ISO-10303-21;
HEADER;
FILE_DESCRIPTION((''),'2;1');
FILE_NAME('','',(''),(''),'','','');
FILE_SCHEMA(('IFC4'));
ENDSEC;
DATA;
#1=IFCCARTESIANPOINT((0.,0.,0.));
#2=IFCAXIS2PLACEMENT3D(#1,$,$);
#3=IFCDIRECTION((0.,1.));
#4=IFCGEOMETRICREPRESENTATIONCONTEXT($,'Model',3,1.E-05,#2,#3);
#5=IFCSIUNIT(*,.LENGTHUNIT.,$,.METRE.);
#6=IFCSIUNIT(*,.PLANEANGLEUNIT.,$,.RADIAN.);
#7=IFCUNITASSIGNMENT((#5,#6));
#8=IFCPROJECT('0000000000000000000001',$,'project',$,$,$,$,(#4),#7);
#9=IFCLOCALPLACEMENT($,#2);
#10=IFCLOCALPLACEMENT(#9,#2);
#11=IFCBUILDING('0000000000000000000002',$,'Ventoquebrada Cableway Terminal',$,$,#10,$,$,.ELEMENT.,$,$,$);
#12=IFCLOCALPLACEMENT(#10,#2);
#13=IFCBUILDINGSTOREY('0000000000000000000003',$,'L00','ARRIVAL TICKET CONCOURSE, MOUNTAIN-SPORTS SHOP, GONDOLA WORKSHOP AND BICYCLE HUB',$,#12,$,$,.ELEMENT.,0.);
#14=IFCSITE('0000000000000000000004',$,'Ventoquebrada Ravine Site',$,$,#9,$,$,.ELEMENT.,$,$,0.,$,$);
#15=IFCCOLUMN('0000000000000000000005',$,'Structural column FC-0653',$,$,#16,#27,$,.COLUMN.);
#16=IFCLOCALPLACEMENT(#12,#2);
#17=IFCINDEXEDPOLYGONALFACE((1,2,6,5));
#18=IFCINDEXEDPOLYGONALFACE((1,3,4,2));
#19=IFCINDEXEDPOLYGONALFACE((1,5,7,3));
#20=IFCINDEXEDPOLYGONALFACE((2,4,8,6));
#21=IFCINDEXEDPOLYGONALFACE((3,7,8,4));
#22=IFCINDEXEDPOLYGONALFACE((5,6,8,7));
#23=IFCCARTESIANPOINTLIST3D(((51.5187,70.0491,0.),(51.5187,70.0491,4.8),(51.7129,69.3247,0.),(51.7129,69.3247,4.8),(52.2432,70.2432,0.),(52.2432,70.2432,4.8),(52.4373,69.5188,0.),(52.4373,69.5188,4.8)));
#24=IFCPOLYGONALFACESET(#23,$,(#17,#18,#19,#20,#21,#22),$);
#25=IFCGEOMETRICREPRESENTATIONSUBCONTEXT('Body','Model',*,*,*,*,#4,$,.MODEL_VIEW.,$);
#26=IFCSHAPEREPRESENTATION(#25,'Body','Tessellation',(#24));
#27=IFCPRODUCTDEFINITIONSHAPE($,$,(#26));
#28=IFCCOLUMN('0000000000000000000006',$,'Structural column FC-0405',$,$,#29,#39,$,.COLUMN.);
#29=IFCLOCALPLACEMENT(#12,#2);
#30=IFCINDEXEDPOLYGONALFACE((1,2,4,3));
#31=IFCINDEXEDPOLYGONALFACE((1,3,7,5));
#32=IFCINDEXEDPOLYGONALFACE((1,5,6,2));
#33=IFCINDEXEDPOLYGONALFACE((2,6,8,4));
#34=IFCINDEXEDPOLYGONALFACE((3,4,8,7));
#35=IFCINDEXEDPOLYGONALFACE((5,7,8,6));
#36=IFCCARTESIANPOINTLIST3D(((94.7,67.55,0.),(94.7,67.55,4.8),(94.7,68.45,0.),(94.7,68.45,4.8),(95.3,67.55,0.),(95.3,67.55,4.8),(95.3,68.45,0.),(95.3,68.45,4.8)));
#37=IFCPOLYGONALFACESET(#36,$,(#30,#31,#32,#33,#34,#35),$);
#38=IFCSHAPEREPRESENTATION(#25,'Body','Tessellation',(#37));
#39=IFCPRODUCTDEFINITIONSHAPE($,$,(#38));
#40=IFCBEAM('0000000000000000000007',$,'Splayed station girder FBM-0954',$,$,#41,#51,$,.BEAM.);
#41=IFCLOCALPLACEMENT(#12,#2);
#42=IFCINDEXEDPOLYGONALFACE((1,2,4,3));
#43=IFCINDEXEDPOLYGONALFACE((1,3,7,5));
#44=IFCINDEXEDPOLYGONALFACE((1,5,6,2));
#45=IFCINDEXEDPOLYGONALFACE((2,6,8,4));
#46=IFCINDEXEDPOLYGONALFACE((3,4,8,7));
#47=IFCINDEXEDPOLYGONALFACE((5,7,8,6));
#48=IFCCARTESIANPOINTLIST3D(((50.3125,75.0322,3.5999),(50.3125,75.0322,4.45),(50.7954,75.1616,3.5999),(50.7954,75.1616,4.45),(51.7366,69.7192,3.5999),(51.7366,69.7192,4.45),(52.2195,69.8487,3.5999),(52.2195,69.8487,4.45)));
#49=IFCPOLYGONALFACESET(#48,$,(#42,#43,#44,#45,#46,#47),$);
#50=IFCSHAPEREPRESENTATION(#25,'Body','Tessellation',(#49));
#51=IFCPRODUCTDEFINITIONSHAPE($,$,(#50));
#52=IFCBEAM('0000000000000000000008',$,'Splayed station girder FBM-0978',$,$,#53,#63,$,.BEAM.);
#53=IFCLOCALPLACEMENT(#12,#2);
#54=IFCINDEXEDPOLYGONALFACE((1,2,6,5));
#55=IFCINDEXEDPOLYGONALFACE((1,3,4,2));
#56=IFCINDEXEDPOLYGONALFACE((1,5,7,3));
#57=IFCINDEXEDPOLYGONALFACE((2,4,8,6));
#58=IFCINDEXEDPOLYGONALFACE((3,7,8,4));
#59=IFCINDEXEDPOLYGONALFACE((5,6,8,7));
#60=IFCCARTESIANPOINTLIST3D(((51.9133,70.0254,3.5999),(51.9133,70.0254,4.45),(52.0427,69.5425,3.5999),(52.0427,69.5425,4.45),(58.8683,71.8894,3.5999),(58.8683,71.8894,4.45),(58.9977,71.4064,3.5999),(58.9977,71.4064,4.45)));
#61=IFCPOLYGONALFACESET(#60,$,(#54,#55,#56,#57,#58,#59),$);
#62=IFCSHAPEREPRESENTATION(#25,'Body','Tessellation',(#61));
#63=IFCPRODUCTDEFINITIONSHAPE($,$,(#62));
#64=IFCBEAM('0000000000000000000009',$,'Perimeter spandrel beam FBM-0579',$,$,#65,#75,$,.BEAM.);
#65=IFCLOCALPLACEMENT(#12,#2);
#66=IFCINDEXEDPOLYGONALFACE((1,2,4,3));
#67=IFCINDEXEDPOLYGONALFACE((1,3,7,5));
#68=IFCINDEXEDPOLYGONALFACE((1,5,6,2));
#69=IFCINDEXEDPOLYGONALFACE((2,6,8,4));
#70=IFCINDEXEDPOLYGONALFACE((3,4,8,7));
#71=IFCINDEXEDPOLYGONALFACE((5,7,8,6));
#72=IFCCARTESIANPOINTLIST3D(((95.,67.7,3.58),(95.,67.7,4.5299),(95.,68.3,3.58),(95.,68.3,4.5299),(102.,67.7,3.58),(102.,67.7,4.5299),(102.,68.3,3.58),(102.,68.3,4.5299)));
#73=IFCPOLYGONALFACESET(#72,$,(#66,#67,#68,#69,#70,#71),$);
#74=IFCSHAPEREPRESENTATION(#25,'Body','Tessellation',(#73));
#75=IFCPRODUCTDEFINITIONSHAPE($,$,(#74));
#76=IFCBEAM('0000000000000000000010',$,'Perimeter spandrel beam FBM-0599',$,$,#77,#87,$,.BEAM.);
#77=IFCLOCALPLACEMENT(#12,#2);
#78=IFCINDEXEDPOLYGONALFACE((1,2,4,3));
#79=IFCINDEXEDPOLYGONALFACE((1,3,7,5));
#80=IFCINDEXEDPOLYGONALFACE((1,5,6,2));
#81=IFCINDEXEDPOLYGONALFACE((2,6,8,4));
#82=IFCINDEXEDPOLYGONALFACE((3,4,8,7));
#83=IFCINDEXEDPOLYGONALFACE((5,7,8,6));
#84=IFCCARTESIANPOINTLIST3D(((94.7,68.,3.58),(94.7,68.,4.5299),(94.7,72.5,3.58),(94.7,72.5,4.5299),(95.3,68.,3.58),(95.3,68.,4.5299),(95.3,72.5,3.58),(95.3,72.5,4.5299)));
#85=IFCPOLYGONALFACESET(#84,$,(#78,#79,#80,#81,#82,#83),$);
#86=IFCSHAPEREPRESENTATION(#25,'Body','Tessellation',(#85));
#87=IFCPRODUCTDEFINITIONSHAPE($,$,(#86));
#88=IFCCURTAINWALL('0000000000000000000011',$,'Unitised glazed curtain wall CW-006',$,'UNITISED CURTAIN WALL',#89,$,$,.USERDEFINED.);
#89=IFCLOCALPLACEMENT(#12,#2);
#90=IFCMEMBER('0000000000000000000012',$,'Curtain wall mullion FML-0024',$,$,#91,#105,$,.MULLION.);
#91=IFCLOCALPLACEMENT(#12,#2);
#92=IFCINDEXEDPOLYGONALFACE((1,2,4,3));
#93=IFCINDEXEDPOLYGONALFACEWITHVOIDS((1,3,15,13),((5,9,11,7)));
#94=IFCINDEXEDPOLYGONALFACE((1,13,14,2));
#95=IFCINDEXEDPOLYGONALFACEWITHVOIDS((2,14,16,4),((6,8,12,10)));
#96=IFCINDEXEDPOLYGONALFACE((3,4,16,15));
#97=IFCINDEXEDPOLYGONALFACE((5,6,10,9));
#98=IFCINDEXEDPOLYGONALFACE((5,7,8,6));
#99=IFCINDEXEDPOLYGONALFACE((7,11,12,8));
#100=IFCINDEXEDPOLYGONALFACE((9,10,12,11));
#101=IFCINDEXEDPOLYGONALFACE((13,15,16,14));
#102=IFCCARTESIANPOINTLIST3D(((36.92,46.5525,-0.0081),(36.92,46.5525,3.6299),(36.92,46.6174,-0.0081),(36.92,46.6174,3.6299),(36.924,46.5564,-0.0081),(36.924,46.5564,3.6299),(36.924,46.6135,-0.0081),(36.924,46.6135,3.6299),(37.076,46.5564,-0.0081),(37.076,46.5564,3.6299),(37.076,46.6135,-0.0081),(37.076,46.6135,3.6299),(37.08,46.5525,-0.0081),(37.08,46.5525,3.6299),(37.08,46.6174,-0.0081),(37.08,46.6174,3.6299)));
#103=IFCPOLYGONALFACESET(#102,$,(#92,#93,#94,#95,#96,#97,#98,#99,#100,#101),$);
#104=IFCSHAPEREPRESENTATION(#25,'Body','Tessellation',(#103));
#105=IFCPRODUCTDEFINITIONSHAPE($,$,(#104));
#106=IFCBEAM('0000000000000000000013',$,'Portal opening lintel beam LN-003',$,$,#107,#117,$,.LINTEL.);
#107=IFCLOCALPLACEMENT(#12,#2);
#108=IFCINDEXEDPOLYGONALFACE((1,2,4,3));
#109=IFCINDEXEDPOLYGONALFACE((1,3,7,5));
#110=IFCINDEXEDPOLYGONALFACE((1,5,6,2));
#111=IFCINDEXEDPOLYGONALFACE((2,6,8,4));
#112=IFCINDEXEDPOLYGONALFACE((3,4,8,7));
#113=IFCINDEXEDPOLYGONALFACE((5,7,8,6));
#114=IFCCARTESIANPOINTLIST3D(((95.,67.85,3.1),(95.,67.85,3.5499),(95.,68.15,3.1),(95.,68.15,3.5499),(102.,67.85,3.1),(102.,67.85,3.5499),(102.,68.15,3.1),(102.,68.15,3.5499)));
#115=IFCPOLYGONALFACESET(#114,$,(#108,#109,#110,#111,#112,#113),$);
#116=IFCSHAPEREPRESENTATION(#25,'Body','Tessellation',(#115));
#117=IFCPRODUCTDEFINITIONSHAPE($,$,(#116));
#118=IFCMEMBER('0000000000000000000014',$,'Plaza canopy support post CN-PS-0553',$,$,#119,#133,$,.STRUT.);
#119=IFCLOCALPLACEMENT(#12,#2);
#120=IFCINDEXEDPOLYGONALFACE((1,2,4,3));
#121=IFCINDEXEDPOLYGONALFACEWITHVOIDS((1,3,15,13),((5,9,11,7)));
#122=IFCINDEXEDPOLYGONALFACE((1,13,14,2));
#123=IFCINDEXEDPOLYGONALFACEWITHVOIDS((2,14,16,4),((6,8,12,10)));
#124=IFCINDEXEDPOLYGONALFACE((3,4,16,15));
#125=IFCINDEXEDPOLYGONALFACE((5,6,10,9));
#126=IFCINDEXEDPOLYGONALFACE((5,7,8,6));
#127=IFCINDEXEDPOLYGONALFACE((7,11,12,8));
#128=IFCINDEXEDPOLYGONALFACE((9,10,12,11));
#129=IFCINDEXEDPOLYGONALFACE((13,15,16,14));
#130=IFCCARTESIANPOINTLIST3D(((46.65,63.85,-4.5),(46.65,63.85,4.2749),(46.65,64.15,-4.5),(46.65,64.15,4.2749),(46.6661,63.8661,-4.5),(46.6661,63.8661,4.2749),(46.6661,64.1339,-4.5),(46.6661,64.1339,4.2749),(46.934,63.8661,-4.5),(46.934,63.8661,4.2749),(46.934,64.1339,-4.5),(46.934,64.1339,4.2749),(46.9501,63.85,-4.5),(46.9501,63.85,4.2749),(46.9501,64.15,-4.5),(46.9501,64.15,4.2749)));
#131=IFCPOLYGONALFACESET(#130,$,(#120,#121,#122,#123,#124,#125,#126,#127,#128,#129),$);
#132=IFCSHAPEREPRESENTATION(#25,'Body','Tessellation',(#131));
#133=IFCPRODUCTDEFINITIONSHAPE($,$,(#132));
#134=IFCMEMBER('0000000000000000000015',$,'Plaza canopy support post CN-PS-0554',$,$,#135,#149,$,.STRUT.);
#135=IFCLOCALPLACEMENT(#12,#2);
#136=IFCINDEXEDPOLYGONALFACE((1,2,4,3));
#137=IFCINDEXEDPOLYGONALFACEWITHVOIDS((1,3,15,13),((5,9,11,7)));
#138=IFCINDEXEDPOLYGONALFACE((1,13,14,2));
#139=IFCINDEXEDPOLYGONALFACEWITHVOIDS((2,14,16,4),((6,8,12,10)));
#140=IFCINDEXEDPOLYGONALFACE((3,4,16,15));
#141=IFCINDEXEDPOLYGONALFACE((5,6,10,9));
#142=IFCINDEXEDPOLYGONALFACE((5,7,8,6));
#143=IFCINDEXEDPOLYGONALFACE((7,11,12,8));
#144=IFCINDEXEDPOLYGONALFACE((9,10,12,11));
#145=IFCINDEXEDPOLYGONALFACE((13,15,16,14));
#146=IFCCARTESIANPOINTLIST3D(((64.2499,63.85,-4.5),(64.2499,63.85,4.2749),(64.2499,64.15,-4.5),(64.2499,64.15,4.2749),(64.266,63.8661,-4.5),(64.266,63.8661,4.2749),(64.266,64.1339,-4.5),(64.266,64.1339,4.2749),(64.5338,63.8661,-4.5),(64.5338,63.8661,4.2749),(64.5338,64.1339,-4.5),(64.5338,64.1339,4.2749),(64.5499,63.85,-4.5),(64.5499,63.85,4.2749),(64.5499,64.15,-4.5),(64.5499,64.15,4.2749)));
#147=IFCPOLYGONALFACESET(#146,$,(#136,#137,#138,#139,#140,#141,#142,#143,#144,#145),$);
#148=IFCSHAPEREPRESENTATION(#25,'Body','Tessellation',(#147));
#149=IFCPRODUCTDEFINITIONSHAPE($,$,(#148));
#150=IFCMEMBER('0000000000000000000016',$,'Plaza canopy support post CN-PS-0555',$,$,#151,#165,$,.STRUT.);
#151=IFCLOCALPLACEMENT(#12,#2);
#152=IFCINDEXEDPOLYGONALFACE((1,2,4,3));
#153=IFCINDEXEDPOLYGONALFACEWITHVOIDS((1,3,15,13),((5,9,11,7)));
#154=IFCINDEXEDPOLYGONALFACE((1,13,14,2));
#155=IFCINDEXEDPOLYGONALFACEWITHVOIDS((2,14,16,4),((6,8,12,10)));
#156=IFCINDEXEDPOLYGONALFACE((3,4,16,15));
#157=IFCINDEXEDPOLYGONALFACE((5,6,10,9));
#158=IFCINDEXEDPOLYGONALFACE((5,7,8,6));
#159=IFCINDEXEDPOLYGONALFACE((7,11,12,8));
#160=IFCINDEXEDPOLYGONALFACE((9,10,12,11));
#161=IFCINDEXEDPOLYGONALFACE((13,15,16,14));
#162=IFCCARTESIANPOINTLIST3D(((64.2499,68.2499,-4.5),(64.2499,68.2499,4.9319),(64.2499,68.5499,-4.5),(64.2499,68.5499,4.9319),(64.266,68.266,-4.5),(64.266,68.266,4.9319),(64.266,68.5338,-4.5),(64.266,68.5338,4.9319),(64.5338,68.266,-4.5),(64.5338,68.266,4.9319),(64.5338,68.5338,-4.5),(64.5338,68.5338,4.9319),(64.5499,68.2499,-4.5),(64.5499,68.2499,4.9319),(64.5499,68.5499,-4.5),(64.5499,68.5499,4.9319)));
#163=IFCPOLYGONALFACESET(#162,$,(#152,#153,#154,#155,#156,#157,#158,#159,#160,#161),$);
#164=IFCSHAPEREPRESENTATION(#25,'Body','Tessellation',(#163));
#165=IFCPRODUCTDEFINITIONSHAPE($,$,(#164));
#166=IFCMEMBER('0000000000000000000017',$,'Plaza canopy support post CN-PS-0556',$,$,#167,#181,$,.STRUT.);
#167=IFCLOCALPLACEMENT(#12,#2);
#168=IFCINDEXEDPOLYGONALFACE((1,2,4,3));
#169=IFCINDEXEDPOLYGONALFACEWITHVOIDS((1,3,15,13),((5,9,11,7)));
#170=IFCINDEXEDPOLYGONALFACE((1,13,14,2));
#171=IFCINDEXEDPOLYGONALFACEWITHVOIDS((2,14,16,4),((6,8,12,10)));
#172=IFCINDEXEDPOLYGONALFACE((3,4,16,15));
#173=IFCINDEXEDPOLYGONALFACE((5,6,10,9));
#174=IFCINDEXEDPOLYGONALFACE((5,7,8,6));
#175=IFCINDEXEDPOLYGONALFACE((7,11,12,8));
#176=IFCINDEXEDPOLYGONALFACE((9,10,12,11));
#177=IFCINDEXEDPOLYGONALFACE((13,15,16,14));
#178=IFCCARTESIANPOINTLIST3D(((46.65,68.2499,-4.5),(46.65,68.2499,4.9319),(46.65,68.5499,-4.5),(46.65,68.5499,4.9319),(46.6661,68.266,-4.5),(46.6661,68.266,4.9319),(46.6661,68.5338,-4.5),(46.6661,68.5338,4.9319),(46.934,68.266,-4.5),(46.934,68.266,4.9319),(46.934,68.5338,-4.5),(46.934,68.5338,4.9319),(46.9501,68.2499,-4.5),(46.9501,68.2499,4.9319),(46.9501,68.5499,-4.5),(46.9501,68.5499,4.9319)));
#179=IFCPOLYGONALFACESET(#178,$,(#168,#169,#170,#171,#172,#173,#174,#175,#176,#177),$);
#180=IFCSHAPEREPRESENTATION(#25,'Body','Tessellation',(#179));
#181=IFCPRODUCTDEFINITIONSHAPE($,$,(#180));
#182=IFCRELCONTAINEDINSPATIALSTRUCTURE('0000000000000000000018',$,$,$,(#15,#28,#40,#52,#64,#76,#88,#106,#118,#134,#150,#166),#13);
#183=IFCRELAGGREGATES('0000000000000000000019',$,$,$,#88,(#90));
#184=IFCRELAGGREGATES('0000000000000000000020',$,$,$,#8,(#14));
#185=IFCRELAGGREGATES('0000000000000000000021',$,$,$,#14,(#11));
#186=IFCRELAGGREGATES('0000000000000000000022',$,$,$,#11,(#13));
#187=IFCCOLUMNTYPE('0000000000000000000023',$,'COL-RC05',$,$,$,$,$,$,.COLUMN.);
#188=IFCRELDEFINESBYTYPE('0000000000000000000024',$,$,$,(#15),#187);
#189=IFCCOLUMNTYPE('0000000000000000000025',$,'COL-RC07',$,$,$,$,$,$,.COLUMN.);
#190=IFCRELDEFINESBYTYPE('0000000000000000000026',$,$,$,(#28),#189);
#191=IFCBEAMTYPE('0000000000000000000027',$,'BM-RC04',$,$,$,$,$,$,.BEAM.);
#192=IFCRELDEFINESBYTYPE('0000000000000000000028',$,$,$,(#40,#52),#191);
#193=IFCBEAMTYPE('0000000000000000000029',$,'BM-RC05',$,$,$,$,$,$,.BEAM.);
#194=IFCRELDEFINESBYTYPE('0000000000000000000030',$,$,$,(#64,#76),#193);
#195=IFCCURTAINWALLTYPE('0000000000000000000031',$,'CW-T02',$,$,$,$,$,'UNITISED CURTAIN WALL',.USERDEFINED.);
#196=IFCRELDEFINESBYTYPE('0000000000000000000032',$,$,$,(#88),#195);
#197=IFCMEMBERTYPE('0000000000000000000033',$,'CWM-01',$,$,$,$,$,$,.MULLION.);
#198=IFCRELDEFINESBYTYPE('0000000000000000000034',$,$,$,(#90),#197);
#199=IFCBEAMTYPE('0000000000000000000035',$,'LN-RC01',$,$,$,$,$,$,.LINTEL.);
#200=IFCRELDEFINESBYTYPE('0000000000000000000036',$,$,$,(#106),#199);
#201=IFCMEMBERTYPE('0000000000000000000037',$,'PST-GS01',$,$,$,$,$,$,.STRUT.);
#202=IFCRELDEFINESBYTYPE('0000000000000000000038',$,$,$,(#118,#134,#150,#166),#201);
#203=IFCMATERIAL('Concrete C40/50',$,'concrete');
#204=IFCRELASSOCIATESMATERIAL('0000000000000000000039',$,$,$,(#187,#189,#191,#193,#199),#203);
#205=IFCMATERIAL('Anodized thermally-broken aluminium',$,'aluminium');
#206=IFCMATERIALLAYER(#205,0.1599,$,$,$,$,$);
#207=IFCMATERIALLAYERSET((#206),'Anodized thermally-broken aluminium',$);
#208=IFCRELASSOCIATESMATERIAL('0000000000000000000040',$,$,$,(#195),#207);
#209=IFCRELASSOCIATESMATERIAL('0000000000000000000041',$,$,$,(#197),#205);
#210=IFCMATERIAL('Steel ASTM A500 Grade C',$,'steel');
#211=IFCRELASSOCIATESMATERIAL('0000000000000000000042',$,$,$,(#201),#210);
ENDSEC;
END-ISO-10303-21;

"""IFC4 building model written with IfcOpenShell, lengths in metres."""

from ifc_helpers import new_model, si_unit, direction, frame, origin, origin_2d, place, context, subcontext, project, spatial, rectangle, hollow_rectangle, extrude, material, layer, layer_set, material_profile, profile_set, type_object, element, aggregate, save


model = new_model("IFC4")

# Units and contexts
model_context = context("Model", 3, precision=1e-05, world=origin(), true_north=direction((0.0, 1.0)))
body_context = subcontext(model_context, "Body", "Model", "MODEL_VIEW")
ifc_project = project(units=[si_unit("LENGTHUNIT", "METRE"), si_unit("PLANEANGLEUNIT", "RADIAN")], contexts=[model_context])

# Site, building, storey
site_placement = place(None, origin())
site = spatial("IfcSite", under=ifc_project, at=site_placement, Name="Ventoquebrada Ravine Site", CompositionType="ELEMENT", RefElevation=0.0)
building_placement = place(site_placement, origin())
building = spatial("IfcBuilding", under=site, at=building_placement, Name="Ventoquebrada Cableway Terminal", CompositionType="ELEMENT")
storey_placement = place(building_placement, origin())
storey = spatial("IfcBuildingStorey", under=building, at=storey_placement, Name="L00", Description="ARRIVAL TICKET CONCOURSE, MOUNTAIN-SPORTS SHOP, GONDOLA WORKSHOP AND BICYCLE HUB", CompositionType="ELEMENT", Elevation=0.0)

# Columns
ifc_material_1 = material(Name="Concrete C40/50", Category="concrete")
ifc_material_profile_1 = material_profile(ifc_material_1, rectangle(XDim=0.75, YDim=0.75, at=origin_2d()), Name="RC-COL-750X750")
ifc_profile_set_1 = profile_set([ifc_material_profile_1], Name="Concrete C40/50")
column_type_1 = type_object("IfcColumnType", Name="COL-RC05", PredefinedType="COLUMN", material=ifc_profile_set_1)
column_1_placement = place(storey_placement, frame((51.978, 69.7839, 0.0), z_axis=(0.0, 0.0, 1.0), x_axis=(0.965926, 0.258819, 0.0)))
element("IfcColumn", 1, at=column_1_placement, inside=storey, type_object=column_type_1, Name="Structural column FC-0653", PredefinedType="COLUMN", context=body_context, shape_type="SweptSolid", body=[
    extrude(rectangle(XDim=0.75, YDim=0.75, at=origin_2d()), origin(), (0.0, 0.0, 1.0), 4.8),
])
ifc_material_profile_2 = material_profile(ifc_material_1, rectangle(XDim=0.6001, YDim=0.8999, at=origin_2d()), Name="RC-COL-900X600")
ifc_profile_set_2 = profile_set([ifc_material_profile_2], Name="Concrete C40/50")
column_type_2 = type_object("IfcColumnType", Name="COL-RC07", PredefinedType="COLUMN", material=ifc_profile_set_2)
column_2_placement = place(storey_placement, frame((95.0, 68.0, 0.0), z_axis=(0.0, 0.0, 1.0), x_axis=(1.0, 0.0, 0.0)))
element("IfcColumn", 2, at=column_2_placement, inside=storey, type_object=column_type_2, Name="Structural column FC-0405", PredefinedType="COLUMN", context=body_context, shape_type="SweptSolid", body=[
    extrude(rectangle(XDim=0.6001, YDim=0.8999, at=origin_2d()), origin(), (0.0, 0.0, 1.0), 4.8),
])

# Beams
ifc_material_profile_3 = material_profile(ifc_material_1, rectangle(XDim=0.5, YDim=0.8501, at=origin_2d()), Name="RC-BM-500X850")
ifc_profile_set_3 = profile_set([ifc_material_profile_3], Name="Concrete C40/50")
beam_type_1 = type_object("IfcBeamType", Name="BM-RC04", PredefinedType="BEAM", material=ifc_profile_set_3)
beam_1_placement = place(storey_placement, frame((51.978, 69.7839, 4.0249), z_axis=(-0.258897, 0.965905, 0.0), x_axis=(-0.965905, -0.258897, 0.0)))
element("IfcBeam", 3, at=beam_1_placement, inside=storey, type_object=beam_type_1, Name="Splayed station girder FBM-0954", PredefinedType="BEAM", context=body_context, shape_type="SweptSolid", body=[
    extrude(rectangle(XDim=0.5, YDim=0.8501, at=origin_2d()), origin(), (0.0, 0.0, 1.0), 5.5005),
])
beam_2_placement = place(storey_placement, frame((51.978, 69.7839, 4.0249), z_axis=(0.965912, 0.258872, 0.0), x_axis=(-0.258872, 0.965912, 0.0)))
element("IfcBeam", 4, at=beam_2_placement, inside=storey, type_object=beam_type_1, Name="Splayed station girder FBM-0978", PredefinedType="BEAM", context=body_context, shape_type="SweptSolid", body=[
    extrude(rectangle(XDim=0.5, YDim=0.8501, at=origin_2d()), origin(), (0.0, 0.0, 1.0), 7.2004),
])
ifc_material_profile_4 = material_profile(ifc_material_1, rectangle(XDim=0.6001, YDim=0.95, at=origin_2d()), Name="RC-BM-600X950")
ifc_profile_set_4 = profile_set([ifc_material_profile_4], Name="Concrete C40/50")
beam_type_2 = type_object("IfcBeamType", Name="BM-RC05", PredefinedType="BEAM", material=ifc_profile_set_4)
beam_3_placement = place(storey_placement, frame((95.0, 68.0, 4.0549), z_axis=(1.0, 0.0, 0.0), x_axis=(0.0, 1.0, 0.0)))
element("IfcBeam", 5, at=beam_3_placement, inside=storey, type_object=beam_type_2, Name="Perimeter spandrel beam FBM-0579", PredefinedType="BEAM", context=body_context, shape_type="SweptSolid", body=[
    extrude(rectangle(XDim=0.6001, YDim=0.95, at=origin_2d()), origin(), (0.0, 0.0, 1.0), 7.0),
])
beam_4_placement = place(storey_placement, frame((95.0, 68.0, 4.0549), z_axis=(0.0, 1.0, 0.0), x_axis=(-1.0, 0.0, 0.0)))
element("IfcBeam", 6, at=beam_4_placement, inside=storey, type_object=beam_type_2, Name="Perimeter spandrel beam FBM-0599", PredefinedType="BEAM", context=body_context, shape_type="SweptSolid", body=[
    extrude(rectangle(XDim=0.6001, YDim=0.95, at=origin_2d()), origin(), (0.0, 0.0, 1.0), 4.5),
])

# Curtain wall, member
ifc_material_2 = material(Name="Anodized thermally-broken aluminium", Category="aluminium")
ifc_layer_1 = layer(ifc_material_2, 0.1599)
ifc_layer_set_1 = layer_set([ifc_layer_1], Name="Anodized thermally-broken aluminium")
curtain_wall_type = type_object("IfcCurtainWallType", Name="CW-T02", ElementType="UNITISED CURTAIN WALL", PredefinedType="USERDEFINED", material=ifc_layer_set_1)
curtain_wall_placement = place(storey_placement, origin())
curtain_wall = element("IfcCurtainWall", 7, at=curtain_wall_placement, inside=storey, type_object=curtain_wall_type, Name="Unitised glazed curtain wall CW-006", ObjectType="UNITISED CURTAIN WALL", PredefinedType="USERDEFINED")
ifc_material_profile_5 = material_profile(ifc_material_2, hollow_rectangle(XDim=0.0649, YDim=0.1599, WallThickness=0.0039, at=origin_2d()), Name="CW-MUL-65X160")
ifc_profile_set_5 = profile_set([ifc_material_profile_5], Name="Anodized thermally-broken aluminium")
member_type_1 = type_object("IfcMemberType", Name="CWM-01", PredefinedType="MULLION", material=ifc_profile_set_5)
member_1_placement = place(storey_placement, frame((37.0, 46.585, -0.0081), z_axis=(0.0, 0.0, 1.0), x_axis=(0.0, 1.0, 0.0)))
member_1 = element("IfcMember", 8, at=member_1_placement, type_object=member_type_1, Name="Curtain wall mullion FML-0024", PredefinedType="MULLION", context=body_context, shape_type="SweptSolid", body=[
    extrude(hollow_rectangle(XDim=0.0649, YDim=0.1599, WallThickness=0.0039, at=origin_2d()), origin(), (0.0, 0.0, 1.0), 3.6379),
])

# Beam
ifc_material_profile_6 = material_profile(ifc_material_1, rectangle(XDim=0.3, YDim=0.45, at=origin_2d()), Name="RC-LNT-300X450")
ifc_profile_set_6 = profile_set([ifc_material_profile_6], Name="Concrete C40/50")
beam_type_3 = type_object("IfcBeamType", Name="LN-RC01", PredefinedType="LINTEL", material=ifc_profile_set_6)
beam_5_placement = place(storey_placement, frame((95.0, 68.0, 3.325), z_axis=(1.0, 0.0, 0.0), x_axis=(0.0, 1.0, 0.0)))
element("IfcBeam", 9, at=beam_5_placement, inside=storey, type_object=beam_type_3, Name="Portal opening lintel beam LN-003", PredefinedType="LINTEL", context=body_context, shape_type="SweptSolid", body=[
    extrude(rectangle(XDim=0.3, YDim=0.45, at=origin_2d()), origin(), (0.0, 0.0, 1.0), 7.0),
])

# Members
ifc_material_3 = material(Name="Steel ASTM A500 Grade C", Category="steel")
ifc_material_profile_7 = material_profile(ifc_material_3, hollow_rectangle(XDim=0.3, YDim=0.3, WallThickness=0.0161, at=origin_2d()), Name="HSS300X300X16")
ifc_profile_set_7 = profile_set([ifc_material_profile_7], Name="Steel ASTM A500 Grade C")
member_type_2 = type_object("IfcMemberType", Name="PST-GS01", PredefinedType="STRUT", material=ifc_profile_set_7)
for number, where, z_axis, x_axis, name in (
    (10, (46.8, 64.0, -4.5), (0.0, 0.0, 1.0), (1.0, 0.0, 0.0), "Plaza canopy support post CN-PS-0553"),
    (11, (64.3999, 64.0, -4.5), (0.0, 0.0, 1.0), (1.0, 0.0, 0.0), "Plaza canopy support post CN-PS-0554"),
):
    element("IfcMember", number, at=place(storey_placement, frame(where, z_axis=z_axis, x_axis=x_axis)), inside=storey, type_object=member_type_2, Name=name, PredefinedType="STRUT", context=body_context, shape_type="SweptSolid", body=[
        extrude(hollow_rectangle(XDim=0.3, YDim=0.3, WallThickness=0.0161, at=origin_2d()), origin(), (0.0, 0.0, 1.0), 8.7749),
    ])
for number, where, z_axis, x_axis, name in (
    (12, (64.3999, 68.3999, -4.5), (0.0, 0.0, 1.0), (1.0, 0.0, 0.0), "Plaza canopy support post CN-PS-0555"),
    (13, (46.8, 68.3999, -4.5), (0.0, 0.0, 1.0), (1.0, 0.0, 0.0), "Plaza canopy support post CN-PS-0556"),
):
    element("IfcMember", number, at=place(storey_placement, frame(where, z_axis=z_axis, x_axis=x_axis)), inside=storey, type_object=member_type_2, Name=name, PredefinedType="STRUT", context=body_context, shape_type="SweptSolid", body=[
        extrude(hollow_rectangle(XDim=0.3, YDim=0.3, WallThickness=0.0161, at=origin_2d()), origin(), (0.0, 0.0, 1.0), 9.4319),
    ])

aggregate(curtain_wall, [member_1])

save(model, "model.ifc")
